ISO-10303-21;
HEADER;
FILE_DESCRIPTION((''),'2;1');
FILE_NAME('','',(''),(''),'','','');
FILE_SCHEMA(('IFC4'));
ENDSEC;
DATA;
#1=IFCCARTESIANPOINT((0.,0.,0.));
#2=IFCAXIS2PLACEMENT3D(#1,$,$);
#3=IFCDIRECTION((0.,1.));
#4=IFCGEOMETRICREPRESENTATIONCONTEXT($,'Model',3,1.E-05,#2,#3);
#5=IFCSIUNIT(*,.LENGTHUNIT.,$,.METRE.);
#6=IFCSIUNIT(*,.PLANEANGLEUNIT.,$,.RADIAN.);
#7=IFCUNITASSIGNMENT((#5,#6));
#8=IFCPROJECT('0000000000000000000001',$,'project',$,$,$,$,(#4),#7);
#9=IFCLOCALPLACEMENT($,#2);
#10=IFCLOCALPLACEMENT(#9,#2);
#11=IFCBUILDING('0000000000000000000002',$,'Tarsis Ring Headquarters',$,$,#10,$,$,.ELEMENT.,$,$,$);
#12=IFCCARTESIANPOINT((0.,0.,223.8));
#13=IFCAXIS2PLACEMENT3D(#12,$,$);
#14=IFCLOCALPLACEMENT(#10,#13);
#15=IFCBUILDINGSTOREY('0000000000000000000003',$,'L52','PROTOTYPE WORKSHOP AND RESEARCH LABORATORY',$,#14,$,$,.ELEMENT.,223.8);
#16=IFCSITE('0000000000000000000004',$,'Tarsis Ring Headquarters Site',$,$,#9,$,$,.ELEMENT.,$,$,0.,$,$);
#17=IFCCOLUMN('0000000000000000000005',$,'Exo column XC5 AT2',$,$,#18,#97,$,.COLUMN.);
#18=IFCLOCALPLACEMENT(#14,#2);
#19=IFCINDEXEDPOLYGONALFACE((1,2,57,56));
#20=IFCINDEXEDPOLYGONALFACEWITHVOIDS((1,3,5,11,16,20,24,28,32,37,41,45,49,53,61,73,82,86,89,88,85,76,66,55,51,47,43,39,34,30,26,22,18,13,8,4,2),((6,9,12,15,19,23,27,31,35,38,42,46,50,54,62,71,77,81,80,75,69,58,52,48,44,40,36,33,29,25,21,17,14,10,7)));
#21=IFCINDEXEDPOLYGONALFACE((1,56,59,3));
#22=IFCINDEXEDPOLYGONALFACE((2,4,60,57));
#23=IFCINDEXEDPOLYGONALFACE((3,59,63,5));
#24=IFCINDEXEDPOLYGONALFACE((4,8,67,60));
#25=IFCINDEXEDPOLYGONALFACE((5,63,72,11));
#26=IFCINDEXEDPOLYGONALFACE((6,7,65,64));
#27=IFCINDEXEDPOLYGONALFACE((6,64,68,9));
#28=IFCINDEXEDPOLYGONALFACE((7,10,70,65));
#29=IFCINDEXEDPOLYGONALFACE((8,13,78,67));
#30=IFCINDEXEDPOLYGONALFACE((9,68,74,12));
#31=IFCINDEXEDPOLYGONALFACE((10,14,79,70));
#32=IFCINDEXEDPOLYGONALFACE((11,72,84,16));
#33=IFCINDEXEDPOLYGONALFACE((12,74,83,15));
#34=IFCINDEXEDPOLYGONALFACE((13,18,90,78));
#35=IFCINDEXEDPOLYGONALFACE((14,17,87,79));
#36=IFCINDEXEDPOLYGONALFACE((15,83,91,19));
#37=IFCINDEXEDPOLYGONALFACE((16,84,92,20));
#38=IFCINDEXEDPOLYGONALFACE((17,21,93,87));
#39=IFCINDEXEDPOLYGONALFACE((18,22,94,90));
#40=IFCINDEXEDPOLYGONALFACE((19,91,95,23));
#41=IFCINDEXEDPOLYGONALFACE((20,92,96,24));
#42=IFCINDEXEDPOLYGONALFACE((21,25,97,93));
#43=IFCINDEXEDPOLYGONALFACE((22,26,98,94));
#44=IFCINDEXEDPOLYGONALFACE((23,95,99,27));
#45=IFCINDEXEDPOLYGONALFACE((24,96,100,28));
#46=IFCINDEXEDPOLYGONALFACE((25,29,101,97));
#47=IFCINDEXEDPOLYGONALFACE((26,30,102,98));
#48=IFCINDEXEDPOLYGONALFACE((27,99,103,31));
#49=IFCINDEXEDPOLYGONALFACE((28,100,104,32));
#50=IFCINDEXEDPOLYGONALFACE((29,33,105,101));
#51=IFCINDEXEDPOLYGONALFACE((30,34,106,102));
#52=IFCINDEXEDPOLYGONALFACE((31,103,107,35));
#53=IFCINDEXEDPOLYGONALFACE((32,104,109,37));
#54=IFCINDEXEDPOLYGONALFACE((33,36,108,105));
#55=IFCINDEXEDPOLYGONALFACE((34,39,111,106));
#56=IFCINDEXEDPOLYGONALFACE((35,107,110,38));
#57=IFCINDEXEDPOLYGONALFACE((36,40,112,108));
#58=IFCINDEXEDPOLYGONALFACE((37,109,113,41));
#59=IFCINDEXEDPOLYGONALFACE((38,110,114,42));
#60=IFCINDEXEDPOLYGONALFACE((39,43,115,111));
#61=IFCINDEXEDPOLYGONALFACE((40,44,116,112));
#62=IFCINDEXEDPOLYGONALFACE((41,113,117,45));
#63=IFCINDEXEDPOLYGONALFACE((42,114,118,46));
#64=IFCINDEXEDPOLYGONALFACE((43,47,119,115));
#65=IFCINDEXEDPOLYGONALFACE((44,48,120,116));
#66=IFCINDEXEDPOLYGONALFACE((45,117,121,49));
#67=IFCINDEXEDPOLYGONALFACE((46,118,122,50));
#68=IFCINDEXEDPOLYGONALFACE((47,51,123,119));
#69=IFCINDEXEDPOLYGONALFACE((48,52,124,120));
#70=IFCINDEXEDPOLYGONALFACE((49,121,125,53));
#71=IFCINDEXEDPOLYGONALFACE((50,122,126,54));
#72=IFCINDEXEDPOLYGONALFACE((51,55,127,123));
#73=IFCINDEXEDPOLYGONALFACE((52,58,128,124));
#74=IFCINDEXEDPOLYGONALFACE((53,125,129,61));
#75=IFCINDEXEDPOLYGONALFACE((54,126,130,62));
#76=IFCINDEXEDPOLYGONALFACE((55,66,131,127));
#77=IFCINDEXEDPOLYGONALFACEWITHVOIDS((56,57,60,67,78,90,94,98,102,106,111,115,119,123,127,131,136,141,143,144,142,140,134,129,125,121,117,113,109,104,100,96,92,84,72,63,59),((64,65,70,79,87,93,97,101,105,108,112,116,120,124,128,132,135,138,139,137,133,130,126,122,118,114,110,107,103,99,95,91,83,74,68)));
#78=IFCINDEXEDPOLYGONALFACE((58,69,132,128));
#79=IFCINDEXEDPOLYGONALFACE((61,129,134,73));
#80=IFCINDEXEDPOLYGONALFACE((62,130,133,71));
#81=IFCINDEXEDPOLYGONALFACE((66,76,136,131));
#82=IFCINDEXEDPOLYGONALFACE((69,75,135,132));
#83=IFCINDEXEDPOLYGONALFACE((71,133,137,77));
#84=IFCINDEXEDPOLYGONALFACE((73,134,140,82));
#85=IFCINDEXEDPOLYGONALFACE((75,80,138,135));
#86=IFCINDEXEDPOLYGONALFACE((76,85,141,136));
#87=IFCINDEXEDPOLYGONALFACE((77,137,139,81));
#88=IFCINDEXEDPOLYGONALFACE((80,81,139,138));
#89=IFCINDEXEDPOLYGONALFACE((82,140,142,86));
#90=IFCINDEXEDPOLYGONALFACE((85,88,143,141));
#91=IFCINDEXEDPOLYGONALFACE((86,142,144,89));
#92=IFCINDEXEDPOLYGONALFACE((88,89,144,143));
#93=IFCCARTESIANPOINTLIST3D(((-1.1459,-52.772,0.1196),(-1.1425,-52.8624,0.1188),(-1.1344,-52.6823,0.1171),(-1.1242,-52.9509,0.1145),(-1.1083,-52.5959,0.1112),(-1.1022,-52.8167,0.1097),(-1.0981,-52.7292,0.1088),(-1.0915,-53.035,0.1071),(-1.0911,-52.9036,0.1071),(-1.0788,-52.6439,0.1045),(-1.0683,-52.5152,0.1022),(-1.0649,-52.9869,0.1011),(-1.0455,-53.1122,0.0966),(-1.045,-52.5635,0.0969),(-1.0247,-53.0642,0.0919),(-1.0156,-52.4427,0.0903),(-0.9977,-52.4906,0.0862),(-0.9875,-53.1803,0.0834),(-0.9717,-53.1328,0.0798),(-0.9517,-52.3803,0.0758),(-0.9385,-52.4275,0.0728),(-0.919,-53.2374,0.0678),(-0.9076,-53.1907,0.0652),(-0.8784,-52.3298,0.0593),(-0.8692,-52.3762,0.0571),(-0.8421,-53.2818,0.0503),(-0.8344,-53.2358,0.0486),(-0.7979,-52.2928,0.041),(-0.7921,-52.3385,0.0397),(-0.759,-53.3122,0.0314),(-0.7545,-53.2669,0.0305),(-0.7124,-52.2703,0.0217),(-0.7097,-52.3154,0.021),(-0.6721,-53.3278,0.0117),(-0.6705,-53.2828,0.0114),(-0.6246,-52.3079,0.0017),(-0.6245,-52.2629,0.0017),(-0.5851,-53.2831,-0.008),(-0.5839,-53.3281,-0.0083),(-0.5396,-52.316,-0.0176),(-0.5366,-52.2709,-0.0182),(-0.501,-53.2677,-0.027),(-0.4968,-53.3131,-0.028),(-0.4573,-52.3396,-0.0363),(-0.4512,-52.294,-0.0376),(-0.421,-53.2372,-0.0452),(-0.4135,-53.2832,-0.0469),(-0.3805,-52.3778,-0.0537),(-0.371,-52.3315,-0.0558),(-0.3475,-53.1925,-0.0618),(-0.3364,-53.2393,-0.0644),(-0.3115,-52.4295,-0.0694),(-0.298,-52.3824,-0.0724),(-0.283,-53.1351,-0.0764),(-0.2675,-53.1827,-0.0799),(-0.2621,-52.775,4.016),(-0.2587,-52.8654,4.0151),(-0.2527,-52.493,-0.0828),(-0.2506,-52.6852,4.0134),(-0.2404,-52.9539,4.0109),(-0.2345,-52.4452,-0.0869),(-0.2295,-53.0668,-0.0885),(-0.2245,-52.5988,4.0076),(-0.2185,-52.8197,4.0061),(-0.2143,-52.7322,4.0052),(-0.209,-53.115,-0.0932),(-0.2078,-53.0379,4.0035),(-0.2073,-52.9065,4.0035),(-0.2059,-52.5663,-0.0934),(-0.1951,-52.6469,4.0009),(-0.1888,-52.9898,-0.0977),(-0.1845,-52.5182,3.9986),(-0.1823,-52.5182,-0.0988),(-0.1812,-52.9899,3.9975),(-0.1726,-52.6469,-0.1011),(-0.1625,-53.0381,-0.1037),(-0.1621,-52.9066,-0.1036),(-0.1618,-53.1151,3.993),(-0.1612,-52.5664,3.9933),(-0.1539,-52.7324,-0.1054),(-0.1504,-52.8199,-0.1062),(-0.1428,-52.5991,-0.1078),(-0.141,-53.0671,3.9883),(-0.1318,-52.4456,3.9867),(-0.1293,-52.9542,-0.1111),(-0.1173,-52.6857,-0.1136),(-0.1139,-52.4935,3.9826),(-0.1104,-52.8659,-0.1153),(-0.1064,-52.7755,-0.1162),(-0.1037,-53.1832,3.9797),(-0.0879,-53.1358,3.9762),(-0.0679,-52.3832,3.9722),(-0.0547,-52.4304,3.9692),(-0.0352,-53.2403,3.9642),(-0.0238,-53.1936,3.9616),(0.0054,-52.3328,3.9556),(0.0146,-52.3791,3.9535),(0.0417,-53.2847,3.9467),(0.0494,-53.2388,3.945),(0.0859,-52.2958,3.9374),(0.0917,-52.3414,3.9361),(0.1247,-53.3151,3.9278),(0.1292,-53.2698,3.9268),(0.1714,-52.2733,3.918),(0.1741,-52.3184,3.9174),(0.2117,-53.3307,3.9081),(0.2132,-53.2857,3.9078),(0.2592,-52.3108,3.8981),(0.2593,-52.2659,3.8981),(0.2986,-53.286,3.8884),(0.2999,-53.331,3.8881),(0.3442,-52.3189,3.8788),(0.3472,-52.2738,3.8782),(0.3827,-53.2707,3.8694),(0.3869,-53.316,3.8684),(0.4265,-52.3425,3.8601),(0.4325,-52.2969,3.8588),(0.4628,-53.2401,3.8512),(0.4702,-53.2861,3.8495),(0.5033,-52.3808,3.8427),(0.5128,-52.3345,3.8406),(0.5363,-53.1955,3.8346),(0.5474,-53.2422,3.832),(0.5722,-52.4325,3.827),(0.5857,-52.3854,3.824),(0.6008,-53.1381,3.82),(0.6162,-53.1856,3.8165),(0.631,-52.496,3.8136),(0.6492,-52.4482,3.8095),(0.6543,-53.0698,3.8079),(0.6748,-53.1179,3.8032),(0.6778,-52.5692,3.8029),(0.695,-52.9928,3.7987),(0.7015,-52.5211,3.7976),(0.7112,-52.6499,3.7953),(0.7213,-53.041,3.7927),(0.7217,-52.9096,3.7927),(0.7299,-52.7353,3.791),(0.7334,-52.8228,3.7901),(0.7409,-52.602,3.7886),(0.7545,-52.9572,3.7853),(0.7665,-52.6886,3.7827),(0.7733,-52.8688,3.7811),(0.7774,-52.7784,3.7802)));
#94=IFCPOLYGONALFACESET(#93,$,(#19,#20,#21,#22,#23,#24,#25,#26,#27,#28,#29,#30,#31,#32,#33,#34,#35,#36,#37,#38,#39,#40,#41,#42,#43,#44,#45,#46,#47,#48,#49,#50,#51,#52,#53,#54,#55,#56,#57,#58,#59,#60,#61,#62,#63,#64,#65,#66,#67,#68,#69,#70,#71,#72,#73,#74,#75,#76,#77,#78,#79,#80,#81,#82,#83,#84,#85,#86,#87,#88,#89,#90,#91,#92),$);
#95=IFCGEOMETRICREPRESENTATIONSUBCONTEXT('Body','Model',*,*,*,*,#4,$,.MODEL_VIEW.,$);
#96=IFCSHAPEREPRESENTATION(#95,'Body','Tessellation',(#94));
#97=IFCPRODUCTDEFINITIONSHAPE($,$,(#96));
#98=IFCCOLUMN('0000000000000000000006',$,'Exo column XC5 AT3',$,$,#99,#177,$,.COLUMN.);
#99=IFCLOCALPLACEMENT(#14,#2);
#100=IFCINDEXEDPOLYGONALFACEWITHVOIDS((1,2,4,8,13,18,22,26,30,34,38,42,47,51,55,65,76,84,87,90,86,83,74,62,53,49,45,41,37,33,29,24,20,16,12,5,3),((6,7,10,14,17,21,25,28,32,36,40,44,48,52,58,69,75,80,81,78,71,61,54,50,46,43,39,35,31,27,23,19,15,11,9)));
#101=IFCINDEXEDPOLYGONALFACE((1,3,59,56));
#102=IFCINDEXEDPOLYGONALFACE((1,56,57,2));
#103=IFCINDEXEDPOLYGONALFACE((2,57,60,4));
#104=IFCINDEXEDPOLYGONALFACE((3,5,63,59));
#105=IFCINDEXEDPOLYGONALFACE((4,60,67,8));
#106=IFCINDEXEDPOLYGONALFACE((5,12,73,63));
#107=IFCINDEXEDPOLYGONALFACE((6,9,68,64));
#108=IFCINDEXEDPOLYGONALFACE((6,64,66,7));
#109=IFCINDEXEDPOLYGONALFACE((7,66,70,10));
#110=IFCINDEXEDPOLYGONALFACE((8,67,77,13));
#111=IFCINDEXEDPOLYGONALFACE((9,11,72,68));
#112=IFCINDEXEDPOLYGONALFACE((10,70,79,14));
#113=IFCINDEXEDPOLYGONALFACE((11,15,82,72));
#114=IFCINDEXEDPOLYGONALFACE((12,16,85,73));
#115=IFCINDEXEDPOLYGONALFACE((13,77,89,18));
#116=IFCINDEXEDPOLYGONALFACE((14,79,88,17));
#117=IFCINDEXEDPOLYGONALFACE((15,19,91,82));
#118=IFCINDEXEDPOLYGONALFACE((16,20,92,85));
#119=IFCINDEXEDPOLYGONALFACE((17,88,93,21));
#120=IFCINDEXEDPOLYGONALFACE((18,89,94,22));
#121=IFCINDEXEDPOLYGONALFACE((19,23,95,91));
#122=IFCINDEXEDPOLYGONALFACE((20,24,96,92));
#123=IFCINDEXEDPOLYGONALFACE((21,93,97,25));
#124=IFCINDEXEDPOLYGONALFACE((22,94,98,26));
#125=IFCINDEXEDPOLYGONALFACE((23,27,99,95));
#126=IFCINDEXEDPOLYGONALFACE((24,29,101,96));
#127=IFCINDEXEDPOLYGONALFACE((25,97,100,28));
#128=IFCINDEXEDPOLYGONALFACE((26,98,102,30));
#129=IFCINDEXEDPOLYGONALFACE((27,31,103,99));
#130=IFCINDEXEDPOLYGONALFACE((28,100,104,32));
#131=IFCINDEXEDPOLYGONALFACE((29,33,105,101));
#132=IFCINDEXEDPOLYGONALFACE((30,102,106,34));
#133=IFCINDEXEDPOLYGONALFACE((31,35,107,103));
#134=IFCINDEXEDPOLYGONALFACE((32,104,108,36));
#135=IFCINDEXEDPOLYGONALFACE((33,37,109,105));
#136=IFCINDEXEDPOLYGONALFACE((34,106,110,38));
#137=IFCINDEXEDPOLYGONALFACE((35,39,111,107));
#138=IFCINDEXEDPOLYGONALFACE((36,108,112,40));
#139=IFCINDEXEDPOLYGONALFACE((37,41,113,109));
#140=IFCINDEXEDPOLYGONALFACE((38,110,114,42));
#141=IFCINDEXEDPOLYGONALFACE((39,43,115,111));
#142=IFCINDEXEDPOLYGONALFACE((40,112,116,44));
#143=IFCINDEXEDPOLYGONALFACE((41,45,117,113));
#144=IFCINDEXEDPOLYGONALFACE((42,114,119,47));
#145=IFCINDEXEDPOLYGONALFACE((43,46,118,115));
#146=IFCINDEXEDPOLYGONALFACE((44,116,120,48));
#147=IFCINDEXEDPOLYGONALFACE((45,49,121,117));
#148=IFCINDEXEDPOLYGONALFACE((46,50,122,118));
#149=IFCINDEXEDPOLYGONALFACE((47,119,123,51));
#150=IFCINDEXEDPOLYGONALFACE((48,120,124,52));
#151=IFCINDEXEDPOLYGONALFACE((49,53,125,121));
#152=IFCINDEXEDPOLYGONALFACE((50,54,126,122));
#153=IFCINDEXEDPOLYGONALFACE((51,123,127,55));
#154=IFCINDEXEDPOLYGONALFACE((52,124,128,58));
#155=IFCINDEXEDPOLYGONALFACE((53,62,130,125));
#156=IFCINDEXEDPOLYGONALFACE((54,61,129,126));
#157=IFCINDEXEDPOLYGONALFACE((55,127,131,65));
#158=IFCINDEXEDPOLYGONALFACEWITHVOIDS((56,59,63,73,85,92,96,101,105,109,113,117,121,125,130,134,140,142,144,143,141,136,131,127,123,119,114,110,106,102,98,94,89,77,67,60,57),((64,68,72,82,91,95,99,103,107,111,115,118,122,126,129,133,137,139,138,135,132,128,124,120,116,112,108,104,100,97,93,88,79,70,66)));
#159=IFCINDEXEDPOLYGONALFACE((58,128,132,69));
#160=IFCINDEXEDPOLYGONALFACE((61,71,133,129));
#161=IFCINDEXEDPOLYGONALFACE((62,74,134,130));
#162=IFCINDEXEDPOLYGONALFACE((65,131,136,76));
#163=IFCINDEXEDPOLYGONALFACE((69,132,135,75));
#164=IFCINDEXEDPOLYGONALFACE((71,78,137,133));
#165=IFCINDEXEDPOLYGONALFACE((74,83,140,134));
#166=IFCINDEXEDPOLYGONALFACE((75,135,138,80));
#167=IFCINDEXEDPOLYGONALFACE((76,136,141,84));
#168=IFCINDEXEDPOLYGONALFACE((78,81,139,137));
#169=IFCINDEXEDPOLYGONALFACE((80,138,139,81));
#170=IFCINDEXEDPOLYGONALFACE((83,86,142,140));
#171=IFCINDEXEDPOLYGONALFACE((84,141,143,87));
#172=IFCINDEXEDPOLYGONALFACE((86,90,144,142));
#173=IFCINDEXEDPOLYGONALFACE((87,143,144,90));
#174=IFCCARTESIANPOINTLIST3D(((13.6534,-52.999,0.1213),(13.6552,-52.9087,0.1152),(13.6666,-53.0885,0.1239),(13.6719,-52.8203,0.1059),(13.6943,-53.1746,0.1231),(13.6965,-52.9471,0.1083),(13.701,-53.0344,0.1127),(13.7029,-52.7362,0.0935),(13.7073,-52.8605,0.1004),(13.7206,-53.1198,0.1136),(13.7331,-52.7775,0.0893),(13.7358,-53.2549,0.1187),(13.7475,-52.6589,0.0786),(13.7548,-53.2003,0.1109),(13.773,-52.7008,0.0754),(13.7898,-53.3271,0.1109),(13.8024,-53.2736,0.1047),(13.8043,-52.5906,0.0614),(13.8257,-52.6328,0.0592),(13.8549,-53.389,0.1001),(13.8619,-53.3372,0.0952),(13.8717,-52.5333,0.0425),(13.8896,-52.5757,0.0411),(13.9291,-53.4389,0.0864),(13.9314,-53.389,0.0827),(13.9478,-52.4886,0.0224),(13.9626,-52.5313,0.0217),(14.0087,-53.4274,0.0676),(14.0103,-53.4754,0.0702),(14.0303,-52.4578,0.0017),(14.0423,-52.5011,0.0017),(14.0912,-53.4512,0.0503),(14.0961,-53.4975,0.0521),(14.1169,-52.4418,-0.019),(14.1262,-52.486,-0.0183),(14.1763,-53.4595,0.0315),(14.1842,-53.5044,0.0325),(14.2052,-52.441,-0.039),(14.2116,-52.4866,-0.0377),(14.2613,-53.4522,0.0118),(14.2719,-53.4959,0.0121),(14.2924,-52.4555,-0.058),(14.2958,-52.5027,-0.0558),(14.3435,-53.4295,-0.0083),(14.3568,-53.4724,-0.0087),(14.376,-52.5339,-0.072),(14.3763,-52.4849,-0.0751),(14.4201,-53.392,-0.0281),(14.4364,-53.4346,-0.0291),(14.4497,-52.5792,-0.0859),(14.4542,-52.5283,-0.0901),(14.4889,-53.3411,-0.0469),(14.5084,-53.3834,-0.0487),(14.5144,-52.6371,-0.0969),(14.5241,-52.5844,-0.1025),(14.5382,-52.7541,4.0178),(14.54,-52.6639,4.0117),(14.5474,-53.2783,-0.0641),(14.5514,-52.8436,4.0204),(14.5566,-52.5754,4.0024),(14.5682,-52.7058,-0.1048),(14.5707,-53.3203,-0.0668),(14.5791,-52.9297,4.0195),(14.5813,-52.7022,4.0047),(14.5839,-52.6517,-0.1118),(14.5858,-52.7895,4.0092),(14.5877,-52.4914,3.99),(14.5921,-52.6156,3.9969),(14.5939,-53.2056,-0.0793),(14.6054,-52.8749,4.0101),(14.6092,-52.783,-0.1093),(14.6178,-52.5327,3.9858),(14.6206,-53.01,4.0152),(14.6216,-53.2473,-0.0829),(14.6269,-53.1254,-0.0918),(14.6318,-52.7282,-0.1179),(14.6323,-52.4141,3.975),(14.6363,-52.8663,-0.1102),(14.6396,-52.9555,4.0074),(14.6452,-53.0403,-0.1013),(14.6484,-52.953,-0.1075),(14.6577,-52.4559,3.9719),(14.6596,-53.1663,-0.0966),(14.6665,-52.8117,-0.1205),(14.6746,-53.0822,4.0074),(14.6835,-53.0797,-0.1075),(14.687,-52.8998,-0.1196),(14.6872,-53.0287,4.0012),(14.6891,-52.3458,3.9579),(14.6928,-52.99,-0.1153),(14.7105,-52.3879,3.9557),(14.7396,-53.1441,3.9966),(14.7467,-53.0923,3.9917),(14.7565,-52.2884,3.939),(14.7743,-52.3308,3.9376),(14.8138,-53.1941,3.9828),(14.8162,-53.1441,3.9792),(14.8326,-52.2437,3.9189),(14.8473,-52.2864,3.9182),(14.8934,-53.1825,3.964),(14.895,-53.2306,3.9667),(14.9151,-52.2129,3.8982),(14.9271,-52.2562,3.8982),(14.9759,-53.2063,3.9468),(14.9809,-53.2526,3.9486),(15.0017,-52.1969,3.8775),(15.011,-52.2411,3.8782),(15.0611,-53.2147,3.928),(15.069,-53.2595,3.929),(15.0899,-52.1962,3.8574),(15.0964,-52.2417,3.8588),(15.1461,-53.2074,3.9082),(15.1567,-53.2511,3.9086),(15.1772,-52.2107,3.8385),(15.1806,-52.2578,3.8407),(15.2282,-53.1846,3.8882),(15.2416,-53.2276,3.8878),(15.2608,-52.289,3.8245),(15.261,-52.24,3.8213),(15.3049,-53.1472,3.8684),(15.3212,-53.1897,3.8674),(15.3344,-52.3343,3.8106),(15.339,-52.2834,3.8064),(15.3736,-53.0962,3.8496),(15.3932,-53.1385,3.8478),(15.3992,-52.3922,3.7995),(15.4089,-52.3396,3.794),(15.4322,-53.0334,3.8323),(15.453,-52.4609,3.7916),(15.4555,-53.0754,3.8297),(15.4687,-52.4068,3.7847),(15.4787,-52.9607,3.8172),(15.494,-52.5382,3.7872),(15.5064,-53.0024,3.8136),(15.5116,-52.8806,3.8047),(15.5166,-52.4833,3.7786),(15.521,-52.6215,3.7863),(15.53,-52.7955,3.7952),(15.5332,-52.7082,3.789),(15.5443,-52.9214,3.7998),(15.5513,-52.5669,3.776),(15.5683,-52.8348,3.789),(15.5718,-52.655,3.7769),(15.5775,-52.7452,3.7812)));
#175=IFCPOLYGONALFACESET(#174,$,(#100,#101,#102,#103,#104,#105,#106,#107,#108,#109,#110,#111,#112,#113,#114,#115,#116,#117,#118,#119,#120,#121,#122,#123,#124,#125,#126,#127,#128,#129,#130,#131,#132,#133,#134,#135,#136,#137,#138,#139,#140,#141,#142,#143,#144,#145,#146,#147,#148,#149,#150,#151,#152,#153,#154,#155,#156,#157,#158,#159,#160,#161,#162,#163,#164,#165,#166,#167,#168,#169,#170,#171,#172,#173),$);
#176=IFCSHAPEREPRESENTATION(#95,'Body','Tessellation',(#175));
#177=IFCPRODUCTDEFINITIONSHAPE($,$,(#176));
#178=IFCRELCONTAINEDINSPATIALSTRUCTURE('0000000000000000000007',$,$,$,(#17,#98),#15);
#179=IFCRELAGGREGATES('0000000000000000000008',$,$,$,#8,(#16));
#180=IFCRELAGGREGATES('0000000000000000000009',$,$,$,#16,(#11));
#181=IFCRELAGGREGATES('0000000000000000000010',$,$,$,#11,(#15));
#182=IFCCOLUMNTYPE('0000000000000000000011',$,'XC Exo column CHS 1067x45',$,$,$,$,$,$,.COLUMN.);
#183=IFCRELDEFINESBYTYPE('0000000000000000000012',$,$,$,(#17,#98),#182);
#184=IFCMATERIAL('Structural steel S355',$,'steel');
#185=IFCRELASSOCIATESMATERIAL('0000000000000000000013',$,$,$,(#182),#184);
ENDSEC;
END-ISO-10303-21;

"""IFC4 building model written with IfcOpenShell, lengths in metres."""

from ifc_helpers import new_model, si_unit, direction, frame, origin, origin_2d, place, context, subcontext, project, spatial, hollow_circle, extrude, material, material_profile, profile_set, type_object, element, save


model = new_model("IFC4")

# Units and contexts
model_context = context("Model", 3, precision=1e-05, world=origin(), true_north=direction((0.0, 1.0)))
body_context = subcontext(model_context, "Body", "Model", "MODEL_VIEW")
ifc_project = project(units=[si_unit("LENGTHUNIT", "METRE"), si_unit("PLANEANGLEUNIT", "RADIAN")], contexts=[model_context])

# Site, building, storey
site_placement = place(None, origin())
site = spatial("IfcSite", under=ifc_project, at=site_placement, Name="Tarsis Ring Headquarters Site", CompositionType="ELEMENT", RefElevation=0.0)
building_placement = place(site_placement, origin())
building = spatial("IfcBuilding", under=site, at=building_placement, Name="Tarsis Ring Headquarters", CompositionType="ELEMENT")
storey_placement = place(building_placement, frame((0.0, 0.0, 223.8)))
storey = spatial("IfcBuildingStorey", under=building, at=storey_placement, Name="L52", Description="PROTOTYPE WORKSHOP AND RESEARCH LABORATORY", CompositionType="ELEMENT", Elevation=223.8)

# Columns
ifc_material_1 = material(Name="Structural steel S355", Category="steel")
ifc_material_profile_1 = material_profile(ifc_material_1, hollow_circle(Radius=0.5334, WallThickness=0.0449, at=origin_2d()), Name="CHS 1067x45")
ifc_profile_set_1 = profile_set([ifc_material_profile_1], Name="Structural steel S355")
column_type = type_object("IfcColumnType", Name="XC Exo column CHS 1067x45", PredefinedType="COLUMN", material=ifc_profile_set_1)
column_1_placement = place(storey_placement, frame((-0.6262, -52.7964, 0.0017), z_axis=(0.221198, -0.000733, 0.975229), x_axis=(0.003315, 0.999995, 0.0)))
element("IfcColumn", 1, at=column_1_placement, inside=storey, type_object=column_type, Name="Exo column XC5 AT2", PredefinedType="COLUMN", context=body_context, shape_type="SweptSolid", body=[
    extrude(hollow_circle(Radius=0.5334, WallThickness=0.0449, at=origin_2d()), origin(), (0.0, 0.0, 1.0), 3.9954),
])
column_2_placement = place(storey_placement, frame((14.1726, -52.9719, 0.0017), z_axis=(0.221016, 0.06117, 0.97335), x_axis=(-0.266738, 0.963769, 0.0)))
element("IfcColumn", 2, at=column_2_placement, inside=storey, type_object=column_type, Name="Exo column XC5 AT3", PredefinedType="COLUMN", context=body_context, shape_type="SweptSolid", body=[
    extrude(hollow_circle(Radius=0.5334, WallThickness=0.0449, at=origin_2d()), origin(), (0.0, 0.0, 1.0), 4.0032),
])

save(model, "model.ifc")
